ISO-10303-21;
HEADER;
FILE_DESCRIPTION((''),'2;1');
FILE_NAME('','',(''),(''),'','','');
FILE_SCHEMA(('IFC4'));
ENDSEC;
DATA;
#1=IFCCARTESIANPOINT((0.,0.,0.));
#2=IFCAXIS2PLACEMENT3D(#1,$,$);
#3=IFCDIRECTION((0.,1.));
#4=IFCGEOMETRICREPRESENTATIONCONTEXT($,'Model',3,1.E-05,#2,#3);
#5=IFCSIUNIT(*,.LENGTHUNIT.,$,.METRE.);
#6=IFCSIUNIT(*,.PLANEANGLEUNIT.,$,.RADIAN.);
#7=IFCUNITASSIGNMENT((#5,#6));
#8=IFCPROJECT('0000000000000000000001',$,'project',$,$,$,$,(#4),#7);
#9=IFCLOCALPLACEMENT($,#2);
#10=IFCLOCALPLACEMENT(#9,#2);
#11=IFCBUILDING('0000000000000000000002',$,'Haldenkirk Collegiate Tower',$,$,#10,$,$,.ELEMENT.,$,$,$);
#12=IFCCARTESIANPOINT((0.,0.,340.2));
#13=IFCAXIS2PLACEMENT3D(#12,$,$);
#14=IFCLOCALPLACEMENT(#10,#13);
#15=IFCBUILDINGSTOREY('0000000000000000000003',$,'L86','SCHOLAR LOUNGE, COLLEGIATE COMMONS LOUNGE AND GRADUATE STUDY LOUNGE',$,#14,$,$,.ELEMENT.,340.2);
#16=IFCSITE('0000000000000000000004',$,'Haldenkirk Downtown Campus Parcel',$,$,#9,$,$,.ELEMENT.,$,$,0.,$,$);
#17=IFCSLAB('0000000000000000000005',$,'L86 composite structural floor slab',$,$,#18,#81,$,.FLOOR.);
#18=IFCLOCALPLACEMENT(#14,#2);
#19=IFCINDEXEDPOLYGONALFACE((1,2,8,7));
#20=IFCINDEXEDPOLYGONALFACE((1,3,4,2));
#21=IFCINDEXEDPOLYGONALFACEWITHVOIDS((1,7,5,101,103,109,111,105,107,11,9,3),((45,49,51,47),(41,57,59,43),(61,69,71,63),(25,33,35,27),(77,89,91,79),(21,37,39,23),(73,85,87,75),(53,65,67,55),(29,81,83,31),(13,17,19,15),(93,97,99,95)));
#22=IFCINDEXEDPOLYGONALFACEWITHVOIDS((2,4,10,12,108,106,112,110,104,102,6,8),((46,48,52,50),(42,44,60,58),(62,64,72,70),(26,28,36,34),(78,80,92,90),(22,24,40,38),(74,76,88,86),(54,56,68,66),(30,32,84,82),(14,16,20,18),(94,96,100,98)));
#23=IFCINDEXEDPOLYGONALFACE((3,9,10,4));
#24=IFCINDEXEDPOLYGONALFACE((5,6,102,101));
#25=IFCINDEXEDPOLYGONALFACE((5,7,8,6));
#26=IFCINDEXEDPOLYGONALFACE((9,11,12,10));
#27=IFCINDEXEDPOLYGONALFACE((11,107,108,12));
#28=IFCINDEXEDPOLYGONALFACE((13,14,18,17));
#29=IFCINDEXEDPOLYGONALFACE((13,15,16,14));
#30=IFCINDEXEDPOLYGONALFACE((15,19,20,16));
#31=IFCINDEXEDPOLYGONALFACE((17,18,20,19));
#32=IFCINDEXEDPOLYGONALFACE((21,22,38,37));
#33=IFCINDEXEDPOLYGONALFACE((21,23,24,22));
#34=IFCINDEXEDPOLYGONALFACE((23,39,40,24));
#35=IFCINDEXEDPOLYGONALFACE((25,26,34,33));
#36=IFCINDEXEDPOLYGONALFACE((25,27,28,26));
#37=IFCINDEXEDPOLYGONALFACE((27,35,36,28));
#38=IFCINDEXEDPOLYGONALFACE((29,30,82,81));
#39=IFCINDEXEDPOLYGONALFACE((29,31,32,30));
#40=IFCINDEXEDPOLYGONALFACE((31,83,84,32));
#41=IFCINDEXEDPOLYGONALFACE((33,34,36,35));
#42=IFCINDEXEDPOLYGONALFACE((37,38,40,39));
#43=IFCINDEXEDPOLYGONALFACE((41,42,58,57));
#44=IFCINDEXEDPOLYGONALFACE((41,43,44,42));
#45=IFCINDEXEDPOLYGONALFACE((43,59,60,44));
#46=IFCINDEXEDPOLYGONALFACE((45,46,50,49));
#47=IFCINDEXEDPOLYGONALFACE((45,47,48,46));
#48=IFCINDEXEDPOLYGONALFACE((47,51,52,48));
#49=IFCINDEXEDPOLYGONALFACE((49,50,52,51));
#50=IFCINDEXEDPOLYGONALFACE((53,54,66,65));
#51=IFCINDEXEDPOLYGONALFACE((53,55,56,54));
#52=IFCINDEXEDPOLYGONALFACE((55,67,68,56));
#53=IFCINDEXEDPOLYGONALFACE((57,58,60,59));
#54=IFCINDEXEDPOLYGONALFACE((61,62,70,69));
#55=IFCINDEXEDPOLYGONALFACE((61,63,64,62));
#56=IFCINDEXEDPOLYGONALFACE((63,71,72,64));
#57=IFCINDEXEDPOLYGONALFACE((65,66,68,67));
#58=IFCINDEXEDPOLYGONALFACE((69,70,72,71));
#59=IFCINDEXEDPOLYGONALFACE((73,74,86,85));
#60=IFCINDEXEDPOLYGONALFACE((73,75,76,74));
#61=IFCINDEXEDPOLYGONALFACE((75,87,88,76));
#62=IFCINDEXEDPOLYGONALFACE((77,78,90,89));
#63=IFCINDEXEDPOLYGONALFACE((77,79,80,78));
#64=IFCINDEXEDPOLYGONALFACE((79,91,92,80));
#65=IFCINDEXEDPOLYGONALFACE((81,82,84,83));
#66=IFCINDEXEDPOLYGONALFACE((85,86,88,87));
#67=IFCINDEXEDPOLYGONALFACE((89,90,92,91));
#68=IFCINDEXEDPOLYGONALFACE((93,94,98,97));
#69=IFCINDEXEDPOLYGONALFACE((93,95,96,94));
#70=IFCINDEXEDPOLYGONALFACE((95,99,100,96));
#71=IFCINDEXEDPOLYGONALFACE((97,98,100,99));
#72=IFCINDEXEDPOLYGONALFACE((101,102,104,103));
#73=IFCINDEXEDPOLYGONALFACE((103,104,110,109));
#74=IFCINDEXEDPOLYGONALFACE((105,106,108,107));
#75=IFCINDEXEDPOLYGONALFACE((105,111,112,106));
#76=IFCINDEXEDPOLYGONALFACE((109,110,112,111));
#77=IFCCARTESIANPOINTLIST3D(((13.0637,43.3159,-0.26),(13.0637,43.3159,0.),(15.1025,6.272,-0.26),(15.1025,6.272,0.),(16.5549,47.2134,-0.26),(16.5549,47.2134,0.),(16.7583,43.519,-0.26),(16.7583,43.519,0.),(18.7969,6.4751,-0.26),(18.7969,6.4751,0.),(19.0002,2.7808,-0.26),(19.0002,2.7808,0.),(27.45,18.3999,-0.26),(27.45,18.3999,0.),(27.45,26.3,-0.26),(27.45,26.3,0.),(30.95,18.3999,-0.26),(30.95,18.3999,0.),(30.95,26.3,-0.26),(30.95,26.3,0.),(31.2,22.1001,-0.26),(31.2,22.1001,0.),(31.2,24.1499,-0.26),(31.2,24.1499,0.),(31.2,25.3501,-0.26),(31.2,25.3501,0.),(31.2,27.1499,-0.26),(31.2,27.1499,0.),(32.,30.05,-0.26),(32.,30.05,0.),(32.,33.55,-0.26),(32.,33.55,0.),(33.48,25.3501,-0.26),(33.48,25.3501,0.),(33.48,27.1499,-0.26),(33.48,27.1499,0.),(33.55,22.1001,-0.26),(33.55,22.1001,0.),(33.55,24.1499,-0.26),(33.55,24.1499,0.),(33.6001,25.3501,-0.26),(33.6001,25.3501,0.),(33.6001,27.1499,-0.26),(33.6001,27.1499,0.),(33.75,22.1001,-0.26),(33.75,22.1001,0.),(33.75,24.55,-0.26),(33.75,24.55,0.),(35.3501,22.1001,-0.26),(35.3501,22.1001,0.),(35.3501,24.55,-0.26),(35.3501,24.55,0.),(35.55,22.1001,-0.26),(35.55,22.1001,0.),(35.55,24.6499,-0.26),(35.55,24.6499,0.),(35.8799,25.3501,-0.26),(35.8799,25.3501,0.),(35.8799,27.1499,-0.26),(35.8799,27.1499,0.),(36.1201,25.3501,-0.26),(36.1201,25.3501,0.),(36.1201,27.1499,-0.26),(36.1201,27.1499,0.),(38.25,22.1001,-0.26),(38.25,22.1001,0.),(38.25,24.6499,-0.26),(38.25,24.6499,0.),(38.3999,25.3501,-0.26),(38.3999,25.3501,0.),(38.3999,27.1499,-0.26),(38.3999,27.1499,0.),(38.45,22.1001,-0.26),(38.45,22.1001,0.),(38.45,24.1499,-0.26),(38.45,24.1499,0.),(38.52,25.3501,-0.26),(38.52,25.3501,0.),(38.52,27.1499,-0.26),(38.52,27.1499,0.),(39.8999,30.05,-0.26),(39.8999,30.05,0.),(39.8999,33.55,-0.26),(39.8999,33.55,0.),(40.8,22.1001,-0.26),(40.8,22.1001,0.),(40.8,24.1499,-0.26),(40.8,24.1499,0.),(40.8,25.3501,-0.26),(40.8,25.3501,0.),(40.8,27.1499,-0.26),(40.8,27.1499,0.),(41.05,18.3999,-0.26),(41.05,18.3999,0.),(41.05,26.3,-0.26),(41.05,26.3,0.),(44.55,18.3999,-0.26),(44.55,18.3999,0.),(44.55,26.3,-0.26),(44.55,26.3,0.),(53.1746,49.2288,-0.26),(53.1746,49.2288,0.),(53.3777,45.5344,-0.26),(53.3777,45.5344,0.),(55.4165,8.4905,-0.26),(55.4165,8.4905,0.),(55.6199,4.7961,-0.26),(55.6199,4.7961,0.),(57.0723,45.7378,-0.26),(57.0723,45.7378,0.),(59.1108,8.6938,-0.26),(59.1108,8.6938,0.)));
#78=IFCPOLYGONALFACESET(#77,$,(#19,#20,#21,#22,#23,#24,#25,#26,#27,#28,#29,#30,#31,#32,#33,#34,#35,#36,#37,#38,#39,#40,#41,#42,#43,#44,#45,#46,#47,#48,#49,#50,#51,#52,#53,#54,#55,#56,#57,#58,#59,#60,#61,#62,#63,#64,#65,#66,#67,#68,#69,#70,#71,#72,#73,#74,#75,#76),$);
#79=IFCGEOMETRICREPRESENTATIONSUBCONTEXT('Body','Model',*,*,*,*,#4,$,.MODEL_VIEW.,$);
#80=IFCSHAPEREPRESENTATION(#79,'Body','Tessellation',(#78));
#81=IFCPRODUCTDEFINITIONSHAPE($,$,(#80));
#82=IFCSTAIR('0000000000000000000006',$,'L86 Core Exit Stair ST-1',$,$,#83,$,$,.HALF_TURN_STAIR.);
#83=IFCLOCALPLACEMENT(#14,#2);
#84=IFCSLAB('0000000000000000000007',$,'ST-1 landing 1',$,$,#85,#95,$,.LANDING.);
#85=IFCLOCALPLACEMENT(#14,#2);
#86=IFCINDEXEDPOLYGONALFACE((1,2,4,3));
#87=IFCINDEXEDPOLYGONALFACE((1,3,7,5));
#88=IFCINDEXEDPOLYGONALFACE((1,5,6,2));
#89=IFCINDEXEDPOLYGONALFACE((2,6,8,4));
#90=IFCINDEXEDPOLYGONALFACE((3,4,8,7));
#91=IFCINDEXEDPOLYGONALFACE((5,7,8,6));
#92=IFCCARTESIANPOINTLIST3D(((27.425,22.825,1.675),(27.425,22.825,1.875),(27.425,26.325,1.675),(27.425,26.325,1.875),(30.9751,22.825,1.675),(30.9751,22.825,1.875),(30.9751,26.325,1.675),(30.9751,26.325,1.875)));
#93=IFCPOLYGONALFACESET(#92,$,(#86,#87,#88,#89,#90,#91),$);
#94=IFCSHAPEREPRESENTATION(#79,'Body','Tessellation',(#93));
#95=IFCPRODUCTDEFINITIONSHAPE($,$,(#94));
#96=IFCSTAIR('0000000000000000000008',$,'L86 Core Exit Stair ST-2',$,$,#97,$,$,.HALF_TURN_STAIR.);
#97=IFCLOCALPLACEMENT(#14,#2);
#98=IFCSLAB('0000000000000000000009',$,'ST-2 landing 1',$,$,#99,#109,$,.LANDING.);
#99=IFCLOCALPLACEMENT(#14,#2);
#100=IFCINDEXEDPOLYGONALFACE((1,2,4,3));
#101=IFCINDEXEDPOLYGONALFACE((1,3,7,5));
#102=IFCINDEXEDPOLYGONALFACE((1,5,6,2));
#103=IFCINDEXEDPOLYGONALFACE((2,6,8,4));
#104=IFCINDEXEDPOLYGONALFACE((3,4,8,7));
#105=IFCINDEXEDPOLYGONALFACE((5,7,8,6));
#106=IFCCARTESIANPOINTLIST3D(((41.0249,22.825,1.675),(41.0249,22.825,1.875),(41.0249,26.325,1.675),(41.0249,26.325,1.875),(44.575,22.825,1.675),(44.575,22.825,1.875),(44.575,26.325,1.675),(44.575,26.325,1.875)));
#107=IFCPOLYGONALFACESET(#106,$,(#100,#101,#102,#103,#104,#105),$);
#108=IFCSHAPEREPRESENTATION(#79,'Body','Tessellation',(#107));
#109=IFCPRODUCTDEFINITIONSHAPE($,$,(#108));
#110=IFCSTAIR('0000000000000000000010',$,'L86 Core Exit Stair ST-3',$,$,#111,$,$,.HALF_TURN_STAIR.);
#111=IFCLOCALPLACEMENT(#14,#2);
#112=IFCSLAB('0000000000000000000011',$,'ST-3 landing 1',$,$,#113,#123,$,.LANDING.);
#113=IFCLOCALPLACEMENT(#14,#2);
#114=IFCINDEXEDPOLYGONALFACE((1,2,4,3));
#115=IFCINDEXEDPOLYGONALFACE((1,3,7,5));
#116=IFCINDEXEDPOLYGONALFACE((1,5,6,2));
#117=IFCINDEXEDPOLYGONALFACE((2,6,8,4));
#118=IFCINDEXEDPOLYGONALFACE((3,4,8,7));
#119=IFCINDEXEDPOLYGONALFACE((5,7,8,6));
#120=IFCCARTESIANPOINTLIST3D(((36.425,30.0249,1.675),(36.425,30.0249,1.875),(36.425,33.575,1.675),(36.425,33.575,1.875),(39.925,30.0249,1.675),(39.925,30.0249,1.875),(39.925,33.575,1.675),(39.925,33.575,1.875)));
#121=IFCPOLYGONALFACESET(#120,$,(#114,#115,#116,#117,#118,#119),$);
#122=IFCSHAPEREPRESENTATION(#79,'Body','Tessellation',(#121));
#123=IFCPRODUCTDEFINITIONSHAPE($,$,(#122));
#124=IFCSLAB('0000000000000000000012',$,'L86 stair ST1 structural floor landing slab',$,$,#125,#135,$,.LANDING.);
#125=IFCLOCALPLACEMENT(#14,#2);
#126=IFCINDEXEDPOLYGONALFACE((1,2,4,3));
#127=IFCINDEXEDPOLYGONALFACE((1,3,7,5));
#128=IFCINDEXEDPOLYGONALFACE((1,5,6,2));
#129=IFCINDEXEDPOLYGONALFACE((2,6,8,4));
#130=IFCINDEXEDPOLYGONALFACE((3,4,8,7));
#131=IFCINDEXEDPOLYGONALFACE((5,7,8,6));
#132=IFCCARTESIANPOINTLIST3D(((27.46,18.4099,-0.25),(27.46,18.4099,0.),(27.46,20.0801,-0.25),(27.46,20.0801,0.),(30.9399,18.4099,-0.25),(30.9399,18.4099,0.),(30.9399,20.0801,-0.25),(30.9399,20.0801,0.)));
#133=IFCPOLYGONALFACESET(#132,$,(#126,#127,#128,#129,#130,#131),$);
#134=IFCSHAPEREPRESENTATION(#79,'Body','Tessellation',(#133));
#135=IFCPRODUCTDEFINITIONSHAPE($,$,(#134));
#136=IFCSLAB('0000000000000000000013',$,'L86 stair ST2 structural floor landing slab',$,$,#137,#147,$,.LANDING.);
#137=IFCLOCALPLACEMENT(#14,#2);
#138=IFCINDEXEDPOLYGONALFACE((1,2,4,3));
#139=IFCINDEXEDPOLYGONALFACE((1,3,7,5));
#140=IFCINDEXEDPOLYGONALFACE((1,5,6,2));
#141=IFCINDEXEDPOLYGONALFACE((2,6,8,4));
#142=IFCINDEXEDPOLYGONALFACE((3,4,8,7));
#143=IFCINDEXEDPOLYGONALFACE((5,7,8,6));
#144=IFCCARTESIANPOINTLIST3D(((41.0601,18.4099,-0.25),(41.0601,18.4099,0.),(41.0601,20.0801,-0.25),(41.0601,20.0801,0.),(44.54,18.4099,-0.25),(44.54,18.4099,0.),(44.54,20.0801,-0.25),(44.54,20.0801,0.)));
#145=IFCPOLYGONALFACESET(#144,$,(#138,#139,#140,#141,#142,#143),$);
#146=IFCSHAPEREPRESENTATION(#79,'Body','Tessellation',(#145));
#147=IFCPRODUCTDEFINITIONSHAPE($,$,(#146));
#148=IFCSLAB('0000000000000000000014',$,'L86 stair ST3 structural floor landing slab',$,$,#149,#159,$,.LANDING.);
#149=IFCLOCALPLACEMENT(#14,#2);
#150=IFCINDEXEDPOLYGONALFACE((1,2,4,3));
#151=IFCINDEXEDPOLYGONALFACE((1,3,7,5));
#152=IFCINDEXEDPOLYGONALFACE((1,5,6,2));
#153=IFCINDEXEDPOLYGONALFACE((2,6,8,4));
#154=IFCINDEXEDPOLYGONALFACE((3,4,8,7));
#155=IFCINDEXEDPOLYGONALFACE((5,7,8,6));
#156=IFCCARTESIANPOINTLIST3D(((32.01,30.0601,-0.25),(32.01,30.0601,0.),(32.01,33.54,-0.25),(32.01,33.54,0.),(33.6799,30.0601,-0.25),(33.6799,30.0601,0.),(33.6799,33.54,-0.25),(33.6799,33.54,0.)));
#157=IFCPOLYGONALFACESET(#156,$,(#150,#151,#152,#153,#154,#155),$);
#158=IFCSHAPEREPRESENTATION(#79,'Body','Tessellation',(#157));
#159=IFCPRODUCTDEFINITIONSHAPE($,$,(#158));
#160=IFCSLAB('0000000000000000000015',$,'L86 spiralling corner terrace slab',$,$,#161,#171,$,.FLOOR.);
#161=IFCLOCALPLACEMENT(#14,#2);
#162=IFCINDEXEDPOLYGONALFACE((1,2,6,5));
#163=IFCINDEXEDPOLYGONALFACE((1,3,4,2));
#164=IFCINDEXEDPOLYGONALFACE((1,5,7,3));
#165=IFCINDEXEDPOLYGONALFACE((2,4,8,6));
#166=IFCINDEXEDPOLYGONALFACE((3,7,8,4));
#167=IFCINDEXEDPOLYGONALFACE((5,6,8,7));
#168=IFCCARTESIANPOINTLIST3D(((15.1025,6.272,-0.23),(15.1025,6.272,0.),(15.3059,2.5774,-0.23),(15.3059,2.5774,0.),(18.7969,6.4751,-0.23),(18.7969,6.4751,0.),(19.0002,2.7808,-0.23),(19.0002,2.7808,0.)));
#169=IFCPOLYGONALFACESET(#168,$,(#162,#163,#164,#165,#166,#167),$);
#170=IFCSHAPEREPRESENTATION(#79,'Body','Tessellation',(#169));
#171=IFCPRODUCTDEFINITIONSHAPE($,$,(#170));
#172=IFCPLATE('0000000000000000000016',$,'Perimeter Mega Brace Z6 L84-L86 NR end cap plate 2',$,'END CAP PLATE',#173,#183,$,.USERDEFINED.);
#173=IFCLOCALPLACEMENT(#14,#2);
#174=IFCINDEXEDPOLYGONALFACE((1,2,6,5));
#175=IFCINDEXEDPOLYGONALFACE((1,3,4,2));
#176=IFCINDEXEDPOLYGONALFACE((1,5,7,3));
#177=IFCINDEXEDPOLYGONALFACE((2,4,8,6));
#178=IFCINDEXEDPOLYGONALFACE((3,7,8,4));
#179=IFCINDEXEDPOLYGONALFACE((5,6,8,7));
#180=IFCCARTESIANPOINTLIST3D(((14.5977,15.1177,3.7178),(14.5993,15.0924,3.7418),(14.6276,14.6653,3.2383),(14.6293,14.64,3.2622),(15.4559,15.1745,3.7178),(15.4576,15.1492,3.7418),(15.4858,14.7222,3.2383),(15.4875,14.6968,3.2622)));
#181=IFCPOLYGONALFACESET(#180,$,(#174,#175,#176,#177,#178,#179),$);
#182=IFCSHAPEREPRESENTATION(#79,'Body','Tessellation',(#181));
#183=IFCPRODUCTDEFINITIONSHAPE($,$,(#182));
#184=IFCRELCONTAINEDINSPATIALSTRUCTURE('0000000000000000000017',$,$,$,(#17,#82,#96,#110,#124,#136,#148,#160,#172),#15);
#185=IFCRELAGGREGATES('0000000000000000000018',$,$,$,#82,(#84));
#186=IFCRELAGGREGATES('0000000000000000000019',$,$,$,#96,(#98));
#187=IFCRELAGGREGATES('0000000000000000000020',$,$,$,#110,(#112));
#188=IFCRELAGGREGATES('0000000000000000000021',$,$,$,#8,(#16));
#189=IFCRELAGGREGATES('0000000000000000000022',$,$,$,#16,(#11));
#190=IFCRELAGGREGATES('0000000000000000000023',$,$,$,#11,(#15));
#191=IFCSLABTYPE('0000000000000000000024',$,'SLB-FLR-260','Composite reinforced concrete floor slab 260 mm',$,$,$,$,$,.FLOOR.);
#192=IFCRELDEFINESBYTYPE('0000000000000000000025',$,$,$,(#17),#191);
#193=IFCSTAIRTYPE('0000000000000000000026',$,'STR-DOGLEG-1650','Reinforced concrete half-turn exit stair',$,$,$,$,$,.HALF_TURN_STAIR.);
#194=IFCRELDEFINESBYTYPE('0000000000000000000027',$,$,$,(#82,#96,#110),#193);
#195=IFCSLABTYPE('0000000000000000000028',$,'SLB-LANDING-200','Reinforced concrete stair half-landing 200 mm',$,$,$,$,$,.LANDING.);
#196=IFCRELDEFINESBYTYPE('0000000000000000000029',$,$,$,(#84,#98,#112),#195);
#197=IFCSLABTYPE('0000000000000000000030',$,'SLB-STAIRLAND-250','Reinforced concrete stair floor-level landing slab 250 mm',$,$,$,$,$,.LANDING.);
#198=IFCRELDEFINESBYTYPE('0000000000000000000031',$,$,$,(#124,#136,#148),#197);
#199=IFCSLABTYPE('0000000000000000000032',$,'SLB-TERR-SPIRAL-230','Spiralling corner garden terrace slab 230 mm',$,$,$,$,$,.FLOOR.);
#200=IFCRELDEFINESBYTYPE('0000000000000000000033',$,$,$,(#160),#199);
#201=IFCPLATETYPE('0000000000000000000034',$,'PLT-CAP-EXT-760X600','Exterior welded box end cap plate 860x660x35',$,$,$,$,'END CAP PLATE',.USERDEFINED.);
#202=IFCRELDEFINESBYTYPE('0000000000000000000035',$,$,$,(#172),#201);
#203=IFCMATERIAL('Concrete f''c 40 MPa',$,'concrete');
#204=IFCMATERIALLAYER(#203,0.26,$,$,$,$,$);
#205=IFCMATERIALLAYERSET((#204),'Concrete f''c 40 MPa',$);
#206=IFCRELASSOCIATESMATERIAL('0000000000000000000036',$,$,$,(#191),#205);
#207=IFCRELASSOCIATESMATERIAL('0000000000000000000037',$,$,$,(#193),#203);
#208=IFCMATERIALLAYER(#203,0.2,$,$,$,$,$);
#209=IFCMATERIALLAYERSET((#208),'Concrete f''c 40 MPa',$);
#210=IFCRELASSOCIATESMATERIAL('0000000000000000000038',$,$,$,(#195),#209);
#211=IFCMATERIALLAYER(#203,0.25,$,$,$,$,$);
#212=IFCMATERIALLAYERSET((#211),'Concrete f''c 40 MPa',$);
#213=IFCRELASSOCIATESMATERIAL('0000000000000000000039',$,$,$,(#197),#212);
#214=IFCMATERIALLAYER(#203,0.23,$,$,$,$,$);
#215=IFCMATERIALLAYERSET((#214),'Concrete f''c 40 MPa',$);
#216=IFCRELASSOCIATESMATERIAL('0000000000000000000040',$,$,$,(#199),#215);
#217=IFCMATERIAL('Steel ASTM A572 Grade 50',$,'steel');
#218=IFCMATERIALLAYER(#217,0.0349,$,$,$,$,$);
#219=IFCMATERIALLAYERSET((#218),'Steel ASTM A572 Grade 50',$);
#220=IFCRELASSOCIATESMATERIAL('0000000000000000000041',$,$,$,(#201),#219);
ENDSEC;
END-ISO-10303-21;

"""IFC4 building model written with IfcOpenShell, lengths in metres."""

from ifc_helpers import new_model, si_unit, direction, frame, origin, origin_2d, place, context, subcontext, project, spatial, polyline, rectangle, outline, extrude, source, transform, mapped, material, layer, layer_set, type_object, element, aggregate, save


model = new_model("IFC4")

# Units and contexts
model_context = context("Model", 3, precision=1e-05, world=origin(), true_north=direction((0.0, 1.0)))
body_context = subcontext(model_context, "Body", "Model", "MODEL_VIEW")
ifc_project = project(units=[si_unit("LENGTHUNIT", "METRE"), si_unit("PLANEANGLEUNIT", "RADIAN")], contexts=[model_context])

# Site, building, storey
site_placement = place(None, origin())
site = spatial("IfcSite", under=ifc_project, at=site_placement, Name="Haldenkirk Downtown Campus Parcel", CompositionType="ELEMENT", RefElevation=0.0)
building_placement = place(site_placement, origin())
building = spatial("IfcBuilding", under=site, at=building_placement, Name="Haldenkirk Collegiate Tower", CompositionType="ELEMENT")
storey_placement = place(building_placement, frame((0.0, 0.0, 340.2)))
storey = spatial("IfcBuildingStorey", under=building, at=storey_placement, Name="L86", Description="SCHOLAR LOUNGE, COLLEGIATE COMMONS LOUNGE AND GRADUATE STUDY LOUNGE", CompositionType="ELEMENT", Elevation=340.2)

# Slab
ifc_material_1 = material(Name="Concrete f'c 40 MPa", Category="concrete")
ifc_layer_1 = layer(ifc_material_1, 0.26)
ifc_layer_set_1 = layer_set([ifc_layer_1], Name="Concrete f'c 40 MPa")
slab_type_1 = type_object("IfcSlabType", Name="SLB-FLR-260", Description="Composite reinforced concrete floor slab 260 mm", PredefinedType="FLOOR", material=ifc_layer_set_1)
slab_1_placement = place(storey_placement, frame((0.0, 0.0, -0.26)))
element("IfcSlab", 1, at=slab_1_placement, inside=storey, type_object=slab_type_1, Name="L86 composite structural floor slab", PredefinedType="FLOOR", context=body_context, shape_type="SweptSolid", body=[
    extrude(outline(polyline([(59.1108, 8.6938), (57.0723, 45.7378), (53.3777, 45.5344), (53.1746, 49.2288), (16.5549, 47.2134), (16.7583, 43.519), (13.0637, 43.3159), (15.1025, 6.272), (18.7969, 6.4751), (19.0002, 2.7808), (55.6199, 4.7961), (55.4165, 8.4905), (59.1108, 8.6938)]), holes=[polyline([(27.45, 18.3999), (30.95, 18.3999), (30.95, 26.3), (27.45, 26.3), (27.45, 18.3999)]), polyline([(41.05, 18.3999), (44.55, 18.3999), (44.55, 26.3), (41.05, 26.3), (41.05, 18.3999)]), polyline([(32.0, 30.05), (39.8999, 30.05), (39.8999, 33.55), (32.0, 33.55), (32.0, 30.05)]), polyline([(33.75, 22.1001), (35.3501, 22.1001), (35.3501, 24.55), (33.75, 24.55), (33.75, 22.1001)]), polyline([(31.2, 25.3501), (33.48, 25.3501), (33.48, 27.1499), (31.2, 27.1499), (31.2, 25.3501)]), polyline([(33.6001, 25.3501), (35.8799, 25.3501), (35.8799, 27.1499), (33.6001, 27.1499), (33.6001, 25.3501)]), polyline([(36.1201, 25.3501), (38.3999, 25.3501), (38.3999, 27.1499), (36.1201, 27.1499), (36.1201, 25.3501)]), polyline([(38.52, 25.3501), (40.8, 25.3501), (40.8, 27.1499), (38.52, 27.1499), (38.52, 25.3501)]), polyline([(31.2, 22.1001), (33.55, 22.1001), (33.55, 24.1499), (31.2, 24.1499), (31.2, 22.1001)]), polyline([(38.45, 22.1001), (40.8, 22.1001), (40.8, 24.1499), (38.45, 24.1499), (38.45, 22.1001)]), polyline([(35.55, 22.1001), (38.25, 22.1001), (38.25, 24.6499), (35.55, 24.6499), (35.55, 22.1001)])]), origin(), (0.0, 0.0, 1.0), 0.26),
])

# Stairs, slabs
stair_type = type_object("IfcStairType", Name="STR-DOGLEG-1650", Description="Reinforced concrete half-turn exit stair", PredefinedType="HALF_TURN_STAIR", material=ifc_material_1)
stair_1_placement = place(storey_placement, origin())
stair_1 = element("IfcStair", 2, at=stair_1_placement, inside=storey, type_object=stair_type, Name="L86 Core Exit Stair ST-1", PredefinedType="HALF_TURN_STAIR")
ifc_layer_2 = layer(ifc_material_1, 0.2)
ifc_layer_set_2 = layer_set([ifc_layer_2], Name="Concrete f'c 40 MPa")
slab_type_2 = type_object("IfcSlabType", Name="SLB-LANDING-200", Description="Reinforced concrete stair half-landing 200 mm", PredefinedType="LANDING", material=ifc_layer_set_2)
slab_2_placement = place(storey_placement, frame((0.0, 0.0, 1.675)))
slab_2 = element("IfcSlab", 3, at=slab_2_placement, type_object=slab_type_2, Name="ST-1 landing 1", PredefinedType="LANDING", context=body_context, shape_type="SweptSolid", body=[
    extrude(outline(polyline([(30.9751, 22.825), (27.425, 22.825), (27.425, 26.325), (30.9751, 26.325), (30.9751, 22.825)])), origin(), (0.0, 0.0, 1.0), 0.2),
])
aggregate(stair_1, [slab_2])
stair_2_placement = place(storey_placement, origin())
stair_2 = element("IfcStair", 4, at=stair_2_placement, inside=storey, type_object=stair_type, Name="L86 Core Exit Stair ST-2", PredefinedType="HALF_TURN_STAIR")
slab_3_placement = place(storey_placement, frame((0.0, 0.0, 1.675)))
slab_3 = element("IfcSlab", 5, at=slab_3_placement, type_object=slab_type_2, Name="ST-2 landing 1", PredefinedType="LANDING", context=body_context, shape_type="SweptSolid", body=[
    extrude(outline(polyline([(44.575, 22.825), (41.0249, 22.825), (41.0249, 26.325), (44.575, 26.325), (44.575, 22.825)])), origin(), (0.0, 0.0, 1.0), 0.2),
])
aggregate(stair_2, [slab_3])
stair_3_placement = place(storey_placement, origin())
stair_3 = element("IfcStair", 6, at=stair_3_placement, inside=storey, type_object=stair_type, Name="L86 Core Exit Stair ST-3", PredefinedType="HALF_TURN_STAIR")
slab_4_placement = place(storey_placement, frame((0.0, 0.0, 1.675)))
slab_4 = element("IfcSlab", 7, at=slab_4_placement, type_object=slab_type_2, Name="ST-3 landing 1", PredefinedType="LANDING", context=body_context, shape_type="SweptSolid", body=[
    extrude(outline(polyline([(36.425, 30.0249), (36.425, 33.575), (39.925, 33.575), (39.925, 30.0249), (36.425, 30.0249)])), origin(), (0.0, 0.0, 1.0), 0.2),
])
aggregate(stair_3, [slab_4])

# Slabs
ifc_layer_3 = layer(ifc_material_1, 0.25)
ifc_layer_set_3 = layer_set([ifc_layer_3], Name="Concrete f'c 40 MPa")
slab_type_3 = type_object("IfcSlabType", Name="SLB-STAIRLAND-250", Description="Reinforced concrete stair floor-level landing slab 250 mm", PredefinedType="LANDING", material=ifc_layer_set_3)
slab_5_placement = place(storey_placement, frame((0.0, 0.0, -0.25)))
element("IfcSlab", 8, at=slab_5_placement, inside=storey, type_object=slab_type_3, Name="L86 stair ST1 structural floor landing slab", PredefinedType="LANDING", context=body_context, shape_type="SweptSolid", body=[
    extrude(outline(polyline([(27.46, 18.4099), (30.9399, 18.4099), (30.9399, 20.0801), (27.46, 20.0801), (27.46, 18.4099)])), origin(), (0.0, 0.0, 1.0), 0.25),
])
slab_6_placement = place(storey_placement, frame((0.0, 0.0, -0.25)))
element("IfcSlab", 9, at=slab_6_placement, inside=storey, type_object=slab_type_3, Name="L86 stair ST2 structural floor landing slab", PredefinedType="LANDING", context=body_context, shape_type="SweptSolid", body=[
    extrude(outline(polyline([(41.0601, 18.4099), (44.54, 18.4099), (44.54, 20.0801), (41.0601, 20.0801), (41.0601, 18.4099)])), origin(), (0.0, 0.0, 1.0), 0.25),
])
slab_7_placement = place(storey_placement, frame((0.0, 0.0, -0.25)))
element("IfcSlab", 10, at=slab_7_placement, inside=storey, type_object=slab_type_3, Name="L86 stair ST3 structural floor landing slab", PredefinedType="LANDING", context=body_context, shape_type="SweptSolid", body=[
    extrude(outline(polyline([(32.01, 30.0601), (33.6799, 30.0601), (33.6799, 33.54), (32.01, 33.54), (32.01, 30.0601)])), origin(), (0.0, 0.0, 1.0), 0.25),
])
ifc_layer_4 = layer(ifc_material_1, 0.23)
ifc_layer_set_4 = layer_set([ifc_layer_4], Name="Concrete f'c 40 MPa")
slab_type_4 = type_object("IfcSlabType", Name="SLB-TERR-SPIRAL-230", Description="Spiralling corner garden terrace slab 230 mm", PredefinedType="FLOOR", material=ifc_layer_set_4)
slab_8_placement = place(storey_placement, frame((0.0, 0.0, -0.23)))
element("IfcSlab", 11, at=slab_8_placement, inside=storey, type_object=slab_type_4, Name="L86 spiralling corner terrace slab", PredefinedType="FLOOR", context=body_context, shape_type="SweptSolid", body=[
    extrude(outline(polyline([(19.0002, 2.7808), (18.7969, 6.4751), (15.1025, 6.272), (15.3059, 2.5774), (19.0002, 2.7808)])), origin(), (0.0, 0.0, 1.0), 0.23),
])

# Plate
ifc_material_2 = material(Name="Steel ASTM A572 Grade 50", Category="steel")
ifc_layer_5 = layer(ifc_material_2, 0.0349)
ifc_layer_set_5 = layer_set([ifc_layer_5], Name="Steel ASTM A572 Grade 50")
plate_type_1 = type_object("IfcPlateType", Name="PLT-CAP-EXT-760X600", Description="Exterior welded box end cap plate 860x660x35", ElementType="END CAP PLATE", PredefinedType="USERDEFINED", material=ifc_layer_set_5)
shared_shape_1 = source(origin(), body_context, "Body", "SweptSolid", [
    extrude(rectangle(XDim=0.8601, YDim=0.6599, at=origin_2d()), origin(), (0.0, 0.0, 1.0), 0.0349),
])
plate_1_placement = place(storey_placement, frame((15.0417, 14.9199, 3.478), z_axis=(0.048002, -0.725104, 0.686964), x_axis=(0.997816, 0.066056, 0.0)))
element("IfcPlate", 12, at=plate_1_placement, inside=storey, type_object=plate_type_1, Name="Perimeter Mega Brace Z6 L84-L86 NR end cap plate 2", ObjectType="END CAP PLATE", PredefinedType="USERDEFINED", context=body_context, shape_type="MappedRepresentation", body=[
    mapped(shared_shape_1, transform((0.0, 0.0, 0.0), x_axis=(1.0, 0.0, 0.0), y_axis=(0.0, 1.0, 0.0), z_axis=(0.0, 0.0, 1.0), scale=1.0)),
])

save(model, "model.ifc")
